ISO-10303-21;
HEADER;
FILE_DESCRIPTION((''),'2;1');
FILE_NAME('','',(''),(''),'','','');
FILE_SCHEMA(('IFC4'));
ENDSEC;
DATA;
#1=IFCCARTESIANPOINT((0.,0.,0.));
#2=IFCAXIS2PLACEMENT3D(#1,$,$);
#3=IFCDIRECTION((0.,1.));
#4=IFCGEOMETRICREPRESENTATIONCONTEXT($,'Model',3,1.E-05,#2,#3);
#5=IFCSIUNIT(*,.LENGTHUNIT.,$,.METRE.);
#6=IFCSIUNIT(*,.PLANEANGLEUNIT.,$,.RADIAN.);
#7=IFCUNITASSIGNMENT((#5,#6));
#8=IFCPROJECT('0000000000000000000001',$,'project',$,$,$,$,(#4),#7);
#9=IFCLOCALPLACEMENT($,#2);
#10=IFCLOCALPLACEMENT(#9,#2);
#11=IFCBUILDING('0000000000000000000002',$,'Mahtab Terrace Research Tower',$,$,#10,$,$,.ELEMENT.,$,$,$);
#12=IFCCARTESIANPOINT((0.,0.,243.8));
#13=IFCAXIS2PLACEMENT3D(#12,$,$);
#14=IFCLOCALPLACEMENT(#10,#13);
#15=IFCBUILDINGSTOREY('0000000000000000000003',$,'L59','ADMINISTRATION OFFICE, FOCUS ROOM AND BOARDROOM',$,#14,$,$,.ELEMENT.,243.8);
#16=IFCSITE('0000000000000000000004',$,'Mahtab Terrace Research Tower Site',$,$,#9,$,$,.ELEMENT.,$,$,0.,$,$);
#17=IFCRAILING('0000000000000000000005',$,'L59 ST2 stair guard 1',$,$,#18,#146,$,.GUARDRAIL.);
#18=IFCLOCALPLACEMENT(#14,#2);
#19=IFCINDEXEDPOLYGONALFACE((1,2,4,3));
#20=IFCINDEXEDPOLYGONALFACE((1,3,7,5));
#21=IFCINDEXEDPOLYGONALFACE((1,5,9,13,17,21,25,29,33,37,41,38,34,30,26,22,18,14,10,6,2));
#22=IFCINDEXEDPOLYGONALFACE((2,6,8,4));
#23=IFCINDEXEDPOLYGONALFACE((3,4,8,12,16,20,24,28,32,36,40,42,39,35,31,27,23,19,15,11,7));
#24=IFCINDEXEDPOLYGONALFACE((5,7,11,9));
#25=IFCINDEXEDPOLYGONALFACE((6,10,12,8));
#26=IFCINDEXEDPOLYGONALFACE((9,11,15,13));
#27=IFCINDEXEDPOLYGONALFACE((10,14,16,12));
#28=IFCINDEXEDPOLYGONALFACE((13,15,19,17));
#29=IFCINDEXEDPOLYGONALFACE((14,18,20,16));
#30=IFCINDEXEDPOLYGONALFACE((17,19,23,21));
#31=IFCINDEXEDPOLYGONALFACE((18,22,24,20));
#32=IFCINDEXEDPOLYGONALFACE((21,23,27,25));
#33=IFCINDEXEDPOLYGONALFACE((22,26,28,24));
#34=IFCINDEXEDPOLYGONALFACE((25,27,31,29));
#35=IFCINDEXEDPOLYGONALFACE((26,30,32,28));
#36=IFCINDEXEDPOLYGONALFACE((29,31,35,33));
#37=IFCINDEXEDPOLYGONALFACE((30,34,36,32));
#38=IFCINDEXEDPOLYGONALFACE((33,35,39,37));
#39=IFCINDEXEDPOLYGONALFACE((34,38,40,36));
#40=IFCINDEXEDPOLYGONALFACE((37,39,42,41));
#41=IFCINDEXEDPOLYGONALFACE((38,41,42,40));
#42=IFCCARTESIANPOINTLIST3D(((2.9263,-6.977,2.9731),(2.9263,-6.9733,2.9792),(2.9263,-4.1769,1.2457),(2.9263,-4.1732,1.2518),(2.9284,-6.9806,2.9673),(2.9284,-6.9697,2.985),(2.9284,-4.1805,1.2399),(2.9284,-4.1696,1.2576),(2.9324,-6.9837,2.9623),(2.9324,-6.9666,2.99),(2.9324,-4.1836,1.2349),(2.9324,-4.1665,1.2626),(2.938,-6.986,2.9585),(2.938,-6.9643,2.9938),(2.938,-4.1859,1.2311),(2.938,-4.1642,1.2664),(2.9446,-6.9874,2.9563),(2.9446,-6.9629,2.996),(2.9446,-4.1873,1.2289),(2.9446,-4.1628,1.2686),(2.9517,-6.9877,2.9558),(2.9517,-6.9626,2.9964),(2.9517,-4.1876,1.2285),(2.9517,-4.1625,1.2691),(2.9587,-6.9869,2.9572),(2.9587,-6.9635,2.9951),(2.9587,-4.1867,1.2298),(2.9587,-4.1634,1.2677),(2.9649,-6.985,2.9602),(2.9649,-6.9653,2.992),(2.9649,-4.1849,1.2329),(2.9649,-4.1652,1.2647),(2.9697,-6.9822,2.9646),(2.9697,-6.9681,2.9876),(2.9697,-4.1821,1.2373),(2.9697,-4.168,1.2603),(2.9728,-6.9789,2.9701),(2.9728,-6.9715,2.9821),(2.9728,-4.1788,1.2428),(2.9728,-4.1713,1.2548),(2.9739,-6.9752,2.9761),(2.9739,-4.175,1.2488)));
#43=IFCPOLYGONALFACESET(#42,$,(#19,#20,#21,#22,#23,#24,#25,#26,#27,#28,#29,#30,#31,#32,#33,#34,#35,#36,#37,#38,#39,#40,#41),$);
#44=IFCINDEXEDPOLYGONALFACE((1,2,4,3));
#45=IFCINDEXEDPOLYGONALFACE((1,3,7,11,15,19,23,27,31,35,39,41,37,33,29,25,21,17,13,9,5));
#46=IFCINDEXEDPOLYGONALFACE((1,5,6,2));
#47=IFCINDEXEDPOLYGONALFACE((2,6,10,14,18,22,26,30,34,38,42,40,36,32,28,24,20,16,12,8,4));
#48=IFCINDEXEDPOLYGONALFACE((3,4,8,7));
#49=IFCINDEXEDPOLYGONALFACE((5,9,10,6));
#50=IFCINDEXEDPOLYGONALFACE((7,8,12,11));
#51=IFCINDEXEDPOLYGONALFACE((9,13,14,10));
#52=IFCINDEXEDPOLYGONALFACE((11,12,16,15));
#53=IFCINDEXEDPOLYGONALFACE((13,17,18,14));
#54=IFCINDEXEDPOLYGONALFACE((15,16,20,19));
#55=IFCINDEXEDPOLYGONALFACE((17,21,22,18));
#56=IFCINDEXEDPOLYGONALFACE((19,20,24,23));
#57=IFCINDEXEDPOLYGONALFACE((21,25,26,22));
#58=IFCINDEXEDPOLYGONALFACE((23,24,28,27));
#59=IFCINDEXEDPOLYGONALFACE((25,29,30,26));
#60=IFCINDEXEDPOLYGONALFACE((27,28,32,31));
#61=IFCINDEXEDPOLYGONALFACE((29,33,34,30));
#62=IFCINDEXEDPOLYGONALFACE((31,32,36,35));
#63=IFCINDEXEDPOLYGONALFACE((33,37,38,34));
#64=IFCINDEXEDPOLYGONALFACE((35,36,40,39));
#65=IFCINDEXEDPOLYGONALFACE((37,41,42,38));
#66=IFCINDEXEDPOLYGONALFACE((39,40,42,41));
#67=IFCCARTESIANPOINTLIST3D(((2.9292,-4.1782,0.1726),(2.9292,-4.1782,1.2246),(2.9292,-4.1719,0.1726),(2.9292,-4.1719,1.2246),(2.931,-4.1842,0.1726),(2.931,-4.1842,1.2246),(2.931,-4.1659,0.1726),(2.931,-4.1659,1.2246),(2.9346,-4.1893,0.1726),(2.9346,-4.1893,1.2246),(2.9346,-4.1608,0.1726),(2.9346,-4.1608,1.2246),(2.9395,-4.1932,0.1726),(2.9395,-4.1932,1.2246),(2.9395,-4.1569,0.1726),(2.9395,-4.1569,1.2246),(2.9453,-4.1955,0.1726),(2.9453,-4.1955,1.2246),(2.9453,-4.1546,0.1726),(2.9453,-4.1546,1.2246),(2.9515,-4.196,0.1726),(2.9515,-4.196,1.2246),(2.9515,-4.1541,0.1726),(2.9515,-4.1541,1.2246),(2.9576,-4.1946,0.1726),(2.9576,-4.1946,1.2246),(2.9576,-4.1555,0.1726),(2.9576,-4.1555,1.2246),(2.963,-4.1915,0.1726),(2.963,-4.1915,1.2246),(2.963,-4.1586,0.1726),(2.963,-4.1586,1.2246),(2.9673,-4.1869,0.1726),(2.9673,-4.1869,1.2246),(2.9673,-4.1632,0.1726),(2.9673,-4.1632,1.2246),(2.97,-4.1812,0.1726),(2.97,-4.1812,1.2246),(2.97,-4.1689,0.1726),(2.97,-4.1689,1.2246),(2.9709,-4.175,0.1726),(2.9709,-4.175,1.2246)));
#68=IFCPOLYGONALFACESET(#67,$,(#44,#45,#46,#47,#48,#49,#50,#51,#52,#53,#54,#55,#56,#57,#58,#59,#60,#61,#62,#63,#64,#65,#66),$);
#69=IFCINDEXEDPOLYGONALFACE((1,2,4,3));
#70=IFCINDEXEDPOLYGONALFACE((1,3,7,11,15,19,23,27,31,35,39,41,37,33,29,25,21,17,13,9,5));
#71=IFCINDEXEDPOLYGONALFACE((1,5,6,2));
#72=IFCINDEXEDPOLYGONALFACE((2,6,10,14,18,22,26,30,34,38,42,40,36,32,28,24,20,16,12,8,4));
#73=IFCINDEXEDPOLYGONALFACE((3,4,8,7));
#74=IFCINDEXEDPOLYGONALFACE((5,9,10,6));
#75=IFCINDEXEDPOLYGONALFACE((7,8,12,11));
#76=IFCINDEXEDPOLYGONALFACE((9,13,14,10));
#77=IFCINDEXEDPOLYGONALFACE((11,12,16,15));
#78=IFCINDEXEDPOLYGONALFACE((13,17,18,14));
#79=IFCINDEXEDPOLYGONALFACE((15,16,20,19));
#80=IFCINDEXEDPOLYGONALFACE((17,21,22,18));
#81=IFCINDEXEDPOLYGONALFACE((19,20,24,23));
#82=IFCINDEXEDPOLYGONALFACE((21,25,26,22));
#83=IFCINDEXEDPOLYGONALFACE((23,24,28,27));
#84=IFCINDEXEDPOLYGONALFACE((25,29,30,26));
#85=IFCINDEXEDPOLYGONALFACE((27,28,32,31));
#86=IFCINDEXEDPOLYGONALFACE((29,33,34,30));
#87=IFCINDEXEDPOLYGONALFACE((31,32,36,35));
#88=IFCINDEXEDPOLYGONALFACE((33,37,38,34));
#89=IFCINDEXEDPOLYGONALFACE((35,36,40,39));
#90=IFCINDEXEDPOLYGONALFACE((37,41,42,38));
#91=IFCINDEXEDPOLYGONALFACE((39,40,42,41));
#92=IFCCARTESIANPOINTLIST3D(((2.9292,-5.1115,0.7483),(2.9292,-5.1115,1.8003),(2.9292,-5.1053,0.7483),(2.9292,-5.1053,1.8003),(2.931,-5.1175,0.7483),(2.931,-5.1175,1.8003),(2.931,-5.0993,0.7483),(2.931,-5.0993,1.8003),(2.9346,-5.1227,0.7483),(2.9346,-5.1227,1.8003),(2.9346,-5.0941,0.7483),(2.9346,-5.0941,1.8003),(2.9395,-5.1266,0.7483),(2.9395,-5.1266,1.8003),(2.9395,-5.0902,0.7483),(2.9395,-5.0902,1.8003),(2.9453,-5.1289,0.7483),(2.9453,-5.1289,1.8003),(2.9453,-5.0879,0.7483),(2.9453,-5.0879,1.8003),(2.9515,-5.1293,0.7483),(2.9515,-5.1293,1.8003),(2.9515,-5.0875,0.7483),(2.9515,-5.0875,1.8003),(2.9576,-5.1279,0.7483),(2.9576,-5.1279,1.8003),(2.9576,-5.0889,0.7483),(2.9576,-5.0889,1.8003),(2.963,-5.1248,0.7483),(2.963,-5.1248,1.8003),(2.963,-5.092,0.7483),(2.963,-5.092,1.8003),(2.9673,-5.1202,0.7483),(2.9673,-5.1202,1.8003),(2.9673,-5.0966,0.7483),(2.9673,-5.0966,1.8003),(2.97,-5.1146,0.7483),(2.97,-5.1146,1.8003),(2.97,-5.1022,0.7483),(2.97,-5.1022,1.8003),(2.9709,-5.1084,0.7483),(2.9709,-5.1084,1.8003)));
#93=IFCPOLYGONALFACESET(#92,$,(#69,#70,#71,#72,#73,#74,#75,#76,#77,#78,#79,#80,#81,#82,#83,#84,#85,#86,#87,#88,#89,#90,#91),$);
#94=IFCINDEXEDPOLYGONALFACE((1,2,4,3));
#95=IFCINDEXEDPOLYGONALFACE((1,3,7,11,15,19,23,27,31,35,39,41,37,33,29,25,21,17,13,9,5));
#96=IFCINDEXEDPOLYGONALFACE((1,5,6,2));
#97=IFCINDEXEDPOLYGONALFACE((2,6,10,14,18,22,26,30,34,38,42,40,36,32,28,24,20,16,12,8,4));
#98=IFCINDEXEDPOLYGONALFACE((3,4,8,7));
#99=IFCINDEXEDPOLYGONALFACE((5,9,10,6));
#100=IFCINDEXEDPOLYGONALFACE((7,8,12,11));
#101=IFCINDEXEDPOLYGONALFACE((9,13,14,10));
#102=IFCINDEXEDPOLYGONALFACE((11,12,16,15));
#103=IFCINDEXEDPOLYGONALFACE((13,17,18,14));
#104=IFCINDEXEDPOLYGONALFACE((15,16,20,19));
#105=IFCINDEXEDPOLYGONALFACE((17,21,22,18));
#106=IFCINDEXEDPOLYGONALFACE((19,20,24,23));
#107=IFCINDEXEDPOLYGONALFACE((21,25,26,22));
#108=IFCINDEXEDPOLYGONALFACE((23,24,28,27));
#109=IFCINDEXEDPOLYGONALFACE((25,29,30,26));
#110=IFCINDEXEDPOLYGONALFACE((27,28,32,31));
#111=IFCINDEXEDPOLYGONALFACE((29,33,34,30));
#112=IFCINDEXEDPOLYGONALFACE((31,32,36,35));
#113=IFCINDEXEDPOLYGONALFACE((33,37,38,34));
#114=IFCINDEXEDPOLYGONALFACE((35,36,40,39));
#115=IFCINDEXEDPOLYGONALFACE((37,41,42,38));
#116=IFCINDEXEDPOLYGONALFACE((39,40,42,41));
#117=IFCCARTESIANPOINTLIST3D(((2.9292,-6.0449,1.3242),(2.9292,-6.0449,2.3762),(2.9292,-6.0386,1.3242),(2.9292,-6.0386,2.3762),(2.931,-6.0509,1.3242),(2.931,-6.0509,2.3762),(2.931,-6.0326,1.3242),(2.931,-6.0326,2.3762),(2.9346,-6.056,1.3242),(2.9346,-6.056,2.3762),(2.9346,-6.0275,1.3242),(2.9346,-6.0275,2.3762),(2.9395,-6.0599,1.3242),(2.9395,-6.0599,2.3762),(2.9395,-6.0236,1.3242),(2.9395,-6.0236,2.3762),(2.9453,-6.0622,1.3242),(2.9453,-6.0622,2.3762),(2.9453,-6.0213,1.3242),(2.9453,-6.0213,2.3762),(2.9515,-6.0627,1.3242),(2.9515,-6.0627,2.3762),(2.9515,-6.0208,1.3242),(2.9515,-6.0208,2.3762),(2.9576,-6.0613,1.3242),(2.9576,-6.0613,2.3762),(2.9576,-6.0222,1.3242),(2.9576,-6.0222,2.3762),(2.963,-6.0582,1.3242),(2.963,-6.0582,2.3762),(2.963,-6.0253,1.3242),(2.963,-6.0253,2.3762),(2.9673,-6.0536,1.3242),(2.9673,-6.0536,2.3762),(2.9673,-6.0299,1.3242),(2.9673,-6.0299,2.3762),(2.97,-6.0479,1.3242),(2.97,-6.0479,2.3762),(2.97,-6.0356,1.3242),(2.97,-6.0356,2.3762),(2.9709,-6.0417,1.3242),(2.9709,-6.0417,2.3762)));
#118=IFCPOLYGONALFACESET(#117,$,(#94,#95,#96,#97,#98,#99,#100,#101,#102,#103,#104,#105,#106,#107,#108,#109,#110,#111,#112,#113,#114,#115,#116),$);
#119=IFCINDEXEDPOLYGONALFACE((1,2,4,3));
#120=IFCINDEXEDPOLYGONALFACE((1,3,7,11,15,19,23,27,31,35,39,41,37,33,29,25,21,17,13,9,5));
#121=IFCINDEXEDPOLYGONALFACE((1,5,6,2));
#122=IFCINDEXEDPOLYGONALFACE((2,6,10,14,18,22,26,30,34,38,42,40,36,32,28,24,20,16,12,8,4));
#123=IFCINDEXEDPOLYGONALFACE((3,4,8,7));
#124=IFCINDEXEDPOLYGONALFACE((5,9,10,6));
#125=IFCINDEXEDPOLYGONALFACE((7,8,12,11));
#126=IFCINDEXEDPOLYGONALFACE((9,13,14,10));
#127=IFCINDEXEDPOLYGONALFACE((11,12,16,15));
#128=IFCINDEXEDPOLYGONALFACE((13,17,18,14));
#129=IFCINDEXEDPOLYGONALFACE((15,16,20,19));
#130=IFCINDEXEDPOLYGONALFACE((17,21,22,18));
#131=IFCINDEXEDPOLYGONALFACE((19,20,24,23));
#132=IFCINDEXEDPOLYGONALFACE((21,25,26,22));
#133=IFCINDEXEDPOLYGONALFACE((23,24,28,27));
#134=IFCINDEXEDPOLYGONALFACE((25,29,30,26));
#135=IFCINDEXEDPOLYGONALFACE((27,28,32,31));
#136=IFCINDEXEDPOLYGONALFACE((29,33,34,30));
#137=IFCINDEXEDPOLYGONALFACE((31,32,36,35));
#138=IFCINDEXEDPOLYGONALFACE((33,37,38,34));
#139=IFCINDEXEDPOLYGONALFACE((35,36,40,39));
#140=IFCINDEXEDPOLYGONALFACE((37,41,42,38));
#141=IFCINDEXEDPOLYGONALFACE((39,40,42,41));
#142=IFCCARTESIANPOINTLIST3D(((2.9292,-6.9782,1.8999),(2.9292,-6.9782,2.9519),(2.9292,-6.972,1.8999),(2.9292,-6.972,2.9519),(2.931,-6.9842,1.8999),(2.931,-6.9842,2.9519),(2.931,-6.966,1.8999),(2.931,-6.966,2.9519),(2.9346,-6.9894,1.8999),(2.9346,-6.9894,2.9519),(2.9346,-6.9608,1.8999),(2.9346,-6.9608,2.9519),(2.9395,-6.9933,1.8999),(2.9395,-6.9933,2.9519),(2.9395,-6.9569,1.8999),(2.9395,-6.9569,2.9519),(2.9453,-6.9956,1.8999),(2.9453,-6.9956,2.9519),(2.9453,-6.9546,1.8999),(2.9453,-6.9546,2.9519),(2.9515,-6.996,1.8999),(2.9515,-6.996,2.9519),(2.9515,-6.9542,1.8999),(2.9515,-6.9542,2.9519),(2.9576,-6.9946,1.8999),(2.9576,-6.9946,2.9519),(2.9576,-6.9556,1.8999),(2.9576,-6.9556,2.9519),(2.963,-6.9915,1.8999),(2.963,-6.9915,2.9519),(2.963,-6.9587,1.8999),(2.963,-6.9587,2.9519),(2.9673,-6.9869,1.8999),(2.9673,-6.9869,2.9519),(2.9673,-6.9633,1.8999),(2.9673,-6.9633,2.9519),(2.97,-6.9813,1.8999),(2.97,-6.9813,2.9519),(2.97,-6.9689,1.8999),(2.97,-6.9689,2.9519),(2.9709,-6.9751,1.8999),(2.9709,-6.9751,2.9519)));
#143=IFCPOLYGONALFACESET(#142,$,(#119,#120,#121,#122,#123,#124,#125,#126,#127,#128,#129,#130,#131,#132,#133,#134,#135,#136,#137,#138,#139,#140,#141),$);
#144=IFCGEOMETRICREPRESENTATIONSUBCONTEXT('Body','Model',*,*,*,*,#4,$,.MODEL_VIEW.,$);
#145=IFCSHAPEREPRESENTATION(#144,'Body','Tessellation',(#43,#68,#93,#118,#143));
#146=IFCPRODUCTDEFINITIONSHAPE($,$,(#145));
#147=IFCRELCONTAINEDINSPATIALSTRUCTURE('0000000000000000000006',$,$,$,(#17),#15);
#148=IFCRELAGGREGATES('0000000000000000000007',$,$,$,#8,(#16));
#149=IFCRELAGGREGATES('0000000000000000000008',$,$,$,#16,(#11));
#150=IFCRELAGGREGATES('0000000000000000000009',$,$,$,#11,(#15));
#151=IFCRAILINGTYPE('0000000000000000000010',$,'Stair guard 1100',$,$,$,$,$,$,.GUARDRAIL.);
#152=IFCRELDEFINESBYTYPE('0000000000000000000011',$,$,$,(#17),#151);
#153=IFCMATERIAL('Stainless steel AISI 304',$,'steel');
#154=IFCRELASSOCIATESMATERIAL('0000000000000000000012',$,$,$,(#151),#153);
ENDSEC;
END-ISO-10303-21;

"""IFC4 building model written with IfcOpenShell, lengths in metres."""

from ifc_helpers import new_model, si_unit, direction, frame, origin, origin_2d, place, context, subcontext, project, spatial, circle, extrude, material, type_object, element, save


model = new_model("IFC4")

# Units and contexts
model_context = context("Model", 3, precision=1e-05, world=origin(), true_north=direction((0.0, 1.0)))
body_context = subcontext(model_context, "Body", "Model", "MODEL_VIEW")
ifc_project = project(units=[si_unit("LENGTHUNIT", "METRE"), si_unit("PLANEANGLEUNIT", "RADIAN")], contexts=[model_context])

# Site, building, storey
site_placement = place(None, origin())
site = spatial("IfcSite", under=ifc_project, at=site_placement, Name="Mahtab Terrace Research Tower Site", CompositionType="ELEMENT", RefElevation=0.0)
building_placement = place(site_placement, origin())
building = spatial("IfcBuilding", under=site, at=building_placement, Name="Mahtab Terrace Research Tower", CompositionType="ELEMENT")
storey_placement = place(building_placement, frame((0.0, 0.0, 243.8)))
storey = spatial("IfcBuildingStorey", under=building, at=storey_placement, Name="L59", Description="ADMINISTRATION OFFICE, FOCUS ROOM AND BOARDROOM", CompositionType="ELEMENT", Elevation=243.8)

# Shared definitions
ifc_material_1 = material(Name="Stainless steel AISI 304", Category="steel")

# Railing
railing_type_1 = type_object("IfcRailingType", Name="Stair guard 1100", PredefinedType="GUARDRAIL", material=ifc_material_1)
railing_1_placement = place(storey_placement, frame((2.95, -4.175, 0.1726)))
element("IfcRailing", 1, at=railing_1_placement, inside=storey, type_object=railing_type_1, Name="L59 ST2 stair guard 1", PredefinedType="GUARDRAIL", context=body_context, shape_type="SweptSolid", body=[
    extrude(circle(Radius=0.0239, at=origin_2d()), frame((0.0, 0.0, 1.0762), z_axis=(0.0, -0.85109, 0.52502), x_axis=(1.0, 0.0, 0.0)), (0.0, 0.0, 1.0), 3.29),
    extrude(circle(Radius=0.021, at=origin_2d()), origin(), (0.0, 0.0, 1.0), 1.052),
    extrude(circle(Radius=0.021, at=origin_2d()), frame((0.0, -0.9333, 0.5757)), (0.0, 0.0, 1.0), 1.052),
    extrude(circle(Radius=0.021, at=origin_2d()), frame((0.0, -1.8667, 1.1516)), (0.0, 0.0, 1.0), 1.052),
    extrude(circle(Radius=0.021, at=origin_2d()), frame((0.0, -2.8, 1.7273)), (0.0, 0.0, 1.0), 1.052),
])

save(model, "model.ifc")
